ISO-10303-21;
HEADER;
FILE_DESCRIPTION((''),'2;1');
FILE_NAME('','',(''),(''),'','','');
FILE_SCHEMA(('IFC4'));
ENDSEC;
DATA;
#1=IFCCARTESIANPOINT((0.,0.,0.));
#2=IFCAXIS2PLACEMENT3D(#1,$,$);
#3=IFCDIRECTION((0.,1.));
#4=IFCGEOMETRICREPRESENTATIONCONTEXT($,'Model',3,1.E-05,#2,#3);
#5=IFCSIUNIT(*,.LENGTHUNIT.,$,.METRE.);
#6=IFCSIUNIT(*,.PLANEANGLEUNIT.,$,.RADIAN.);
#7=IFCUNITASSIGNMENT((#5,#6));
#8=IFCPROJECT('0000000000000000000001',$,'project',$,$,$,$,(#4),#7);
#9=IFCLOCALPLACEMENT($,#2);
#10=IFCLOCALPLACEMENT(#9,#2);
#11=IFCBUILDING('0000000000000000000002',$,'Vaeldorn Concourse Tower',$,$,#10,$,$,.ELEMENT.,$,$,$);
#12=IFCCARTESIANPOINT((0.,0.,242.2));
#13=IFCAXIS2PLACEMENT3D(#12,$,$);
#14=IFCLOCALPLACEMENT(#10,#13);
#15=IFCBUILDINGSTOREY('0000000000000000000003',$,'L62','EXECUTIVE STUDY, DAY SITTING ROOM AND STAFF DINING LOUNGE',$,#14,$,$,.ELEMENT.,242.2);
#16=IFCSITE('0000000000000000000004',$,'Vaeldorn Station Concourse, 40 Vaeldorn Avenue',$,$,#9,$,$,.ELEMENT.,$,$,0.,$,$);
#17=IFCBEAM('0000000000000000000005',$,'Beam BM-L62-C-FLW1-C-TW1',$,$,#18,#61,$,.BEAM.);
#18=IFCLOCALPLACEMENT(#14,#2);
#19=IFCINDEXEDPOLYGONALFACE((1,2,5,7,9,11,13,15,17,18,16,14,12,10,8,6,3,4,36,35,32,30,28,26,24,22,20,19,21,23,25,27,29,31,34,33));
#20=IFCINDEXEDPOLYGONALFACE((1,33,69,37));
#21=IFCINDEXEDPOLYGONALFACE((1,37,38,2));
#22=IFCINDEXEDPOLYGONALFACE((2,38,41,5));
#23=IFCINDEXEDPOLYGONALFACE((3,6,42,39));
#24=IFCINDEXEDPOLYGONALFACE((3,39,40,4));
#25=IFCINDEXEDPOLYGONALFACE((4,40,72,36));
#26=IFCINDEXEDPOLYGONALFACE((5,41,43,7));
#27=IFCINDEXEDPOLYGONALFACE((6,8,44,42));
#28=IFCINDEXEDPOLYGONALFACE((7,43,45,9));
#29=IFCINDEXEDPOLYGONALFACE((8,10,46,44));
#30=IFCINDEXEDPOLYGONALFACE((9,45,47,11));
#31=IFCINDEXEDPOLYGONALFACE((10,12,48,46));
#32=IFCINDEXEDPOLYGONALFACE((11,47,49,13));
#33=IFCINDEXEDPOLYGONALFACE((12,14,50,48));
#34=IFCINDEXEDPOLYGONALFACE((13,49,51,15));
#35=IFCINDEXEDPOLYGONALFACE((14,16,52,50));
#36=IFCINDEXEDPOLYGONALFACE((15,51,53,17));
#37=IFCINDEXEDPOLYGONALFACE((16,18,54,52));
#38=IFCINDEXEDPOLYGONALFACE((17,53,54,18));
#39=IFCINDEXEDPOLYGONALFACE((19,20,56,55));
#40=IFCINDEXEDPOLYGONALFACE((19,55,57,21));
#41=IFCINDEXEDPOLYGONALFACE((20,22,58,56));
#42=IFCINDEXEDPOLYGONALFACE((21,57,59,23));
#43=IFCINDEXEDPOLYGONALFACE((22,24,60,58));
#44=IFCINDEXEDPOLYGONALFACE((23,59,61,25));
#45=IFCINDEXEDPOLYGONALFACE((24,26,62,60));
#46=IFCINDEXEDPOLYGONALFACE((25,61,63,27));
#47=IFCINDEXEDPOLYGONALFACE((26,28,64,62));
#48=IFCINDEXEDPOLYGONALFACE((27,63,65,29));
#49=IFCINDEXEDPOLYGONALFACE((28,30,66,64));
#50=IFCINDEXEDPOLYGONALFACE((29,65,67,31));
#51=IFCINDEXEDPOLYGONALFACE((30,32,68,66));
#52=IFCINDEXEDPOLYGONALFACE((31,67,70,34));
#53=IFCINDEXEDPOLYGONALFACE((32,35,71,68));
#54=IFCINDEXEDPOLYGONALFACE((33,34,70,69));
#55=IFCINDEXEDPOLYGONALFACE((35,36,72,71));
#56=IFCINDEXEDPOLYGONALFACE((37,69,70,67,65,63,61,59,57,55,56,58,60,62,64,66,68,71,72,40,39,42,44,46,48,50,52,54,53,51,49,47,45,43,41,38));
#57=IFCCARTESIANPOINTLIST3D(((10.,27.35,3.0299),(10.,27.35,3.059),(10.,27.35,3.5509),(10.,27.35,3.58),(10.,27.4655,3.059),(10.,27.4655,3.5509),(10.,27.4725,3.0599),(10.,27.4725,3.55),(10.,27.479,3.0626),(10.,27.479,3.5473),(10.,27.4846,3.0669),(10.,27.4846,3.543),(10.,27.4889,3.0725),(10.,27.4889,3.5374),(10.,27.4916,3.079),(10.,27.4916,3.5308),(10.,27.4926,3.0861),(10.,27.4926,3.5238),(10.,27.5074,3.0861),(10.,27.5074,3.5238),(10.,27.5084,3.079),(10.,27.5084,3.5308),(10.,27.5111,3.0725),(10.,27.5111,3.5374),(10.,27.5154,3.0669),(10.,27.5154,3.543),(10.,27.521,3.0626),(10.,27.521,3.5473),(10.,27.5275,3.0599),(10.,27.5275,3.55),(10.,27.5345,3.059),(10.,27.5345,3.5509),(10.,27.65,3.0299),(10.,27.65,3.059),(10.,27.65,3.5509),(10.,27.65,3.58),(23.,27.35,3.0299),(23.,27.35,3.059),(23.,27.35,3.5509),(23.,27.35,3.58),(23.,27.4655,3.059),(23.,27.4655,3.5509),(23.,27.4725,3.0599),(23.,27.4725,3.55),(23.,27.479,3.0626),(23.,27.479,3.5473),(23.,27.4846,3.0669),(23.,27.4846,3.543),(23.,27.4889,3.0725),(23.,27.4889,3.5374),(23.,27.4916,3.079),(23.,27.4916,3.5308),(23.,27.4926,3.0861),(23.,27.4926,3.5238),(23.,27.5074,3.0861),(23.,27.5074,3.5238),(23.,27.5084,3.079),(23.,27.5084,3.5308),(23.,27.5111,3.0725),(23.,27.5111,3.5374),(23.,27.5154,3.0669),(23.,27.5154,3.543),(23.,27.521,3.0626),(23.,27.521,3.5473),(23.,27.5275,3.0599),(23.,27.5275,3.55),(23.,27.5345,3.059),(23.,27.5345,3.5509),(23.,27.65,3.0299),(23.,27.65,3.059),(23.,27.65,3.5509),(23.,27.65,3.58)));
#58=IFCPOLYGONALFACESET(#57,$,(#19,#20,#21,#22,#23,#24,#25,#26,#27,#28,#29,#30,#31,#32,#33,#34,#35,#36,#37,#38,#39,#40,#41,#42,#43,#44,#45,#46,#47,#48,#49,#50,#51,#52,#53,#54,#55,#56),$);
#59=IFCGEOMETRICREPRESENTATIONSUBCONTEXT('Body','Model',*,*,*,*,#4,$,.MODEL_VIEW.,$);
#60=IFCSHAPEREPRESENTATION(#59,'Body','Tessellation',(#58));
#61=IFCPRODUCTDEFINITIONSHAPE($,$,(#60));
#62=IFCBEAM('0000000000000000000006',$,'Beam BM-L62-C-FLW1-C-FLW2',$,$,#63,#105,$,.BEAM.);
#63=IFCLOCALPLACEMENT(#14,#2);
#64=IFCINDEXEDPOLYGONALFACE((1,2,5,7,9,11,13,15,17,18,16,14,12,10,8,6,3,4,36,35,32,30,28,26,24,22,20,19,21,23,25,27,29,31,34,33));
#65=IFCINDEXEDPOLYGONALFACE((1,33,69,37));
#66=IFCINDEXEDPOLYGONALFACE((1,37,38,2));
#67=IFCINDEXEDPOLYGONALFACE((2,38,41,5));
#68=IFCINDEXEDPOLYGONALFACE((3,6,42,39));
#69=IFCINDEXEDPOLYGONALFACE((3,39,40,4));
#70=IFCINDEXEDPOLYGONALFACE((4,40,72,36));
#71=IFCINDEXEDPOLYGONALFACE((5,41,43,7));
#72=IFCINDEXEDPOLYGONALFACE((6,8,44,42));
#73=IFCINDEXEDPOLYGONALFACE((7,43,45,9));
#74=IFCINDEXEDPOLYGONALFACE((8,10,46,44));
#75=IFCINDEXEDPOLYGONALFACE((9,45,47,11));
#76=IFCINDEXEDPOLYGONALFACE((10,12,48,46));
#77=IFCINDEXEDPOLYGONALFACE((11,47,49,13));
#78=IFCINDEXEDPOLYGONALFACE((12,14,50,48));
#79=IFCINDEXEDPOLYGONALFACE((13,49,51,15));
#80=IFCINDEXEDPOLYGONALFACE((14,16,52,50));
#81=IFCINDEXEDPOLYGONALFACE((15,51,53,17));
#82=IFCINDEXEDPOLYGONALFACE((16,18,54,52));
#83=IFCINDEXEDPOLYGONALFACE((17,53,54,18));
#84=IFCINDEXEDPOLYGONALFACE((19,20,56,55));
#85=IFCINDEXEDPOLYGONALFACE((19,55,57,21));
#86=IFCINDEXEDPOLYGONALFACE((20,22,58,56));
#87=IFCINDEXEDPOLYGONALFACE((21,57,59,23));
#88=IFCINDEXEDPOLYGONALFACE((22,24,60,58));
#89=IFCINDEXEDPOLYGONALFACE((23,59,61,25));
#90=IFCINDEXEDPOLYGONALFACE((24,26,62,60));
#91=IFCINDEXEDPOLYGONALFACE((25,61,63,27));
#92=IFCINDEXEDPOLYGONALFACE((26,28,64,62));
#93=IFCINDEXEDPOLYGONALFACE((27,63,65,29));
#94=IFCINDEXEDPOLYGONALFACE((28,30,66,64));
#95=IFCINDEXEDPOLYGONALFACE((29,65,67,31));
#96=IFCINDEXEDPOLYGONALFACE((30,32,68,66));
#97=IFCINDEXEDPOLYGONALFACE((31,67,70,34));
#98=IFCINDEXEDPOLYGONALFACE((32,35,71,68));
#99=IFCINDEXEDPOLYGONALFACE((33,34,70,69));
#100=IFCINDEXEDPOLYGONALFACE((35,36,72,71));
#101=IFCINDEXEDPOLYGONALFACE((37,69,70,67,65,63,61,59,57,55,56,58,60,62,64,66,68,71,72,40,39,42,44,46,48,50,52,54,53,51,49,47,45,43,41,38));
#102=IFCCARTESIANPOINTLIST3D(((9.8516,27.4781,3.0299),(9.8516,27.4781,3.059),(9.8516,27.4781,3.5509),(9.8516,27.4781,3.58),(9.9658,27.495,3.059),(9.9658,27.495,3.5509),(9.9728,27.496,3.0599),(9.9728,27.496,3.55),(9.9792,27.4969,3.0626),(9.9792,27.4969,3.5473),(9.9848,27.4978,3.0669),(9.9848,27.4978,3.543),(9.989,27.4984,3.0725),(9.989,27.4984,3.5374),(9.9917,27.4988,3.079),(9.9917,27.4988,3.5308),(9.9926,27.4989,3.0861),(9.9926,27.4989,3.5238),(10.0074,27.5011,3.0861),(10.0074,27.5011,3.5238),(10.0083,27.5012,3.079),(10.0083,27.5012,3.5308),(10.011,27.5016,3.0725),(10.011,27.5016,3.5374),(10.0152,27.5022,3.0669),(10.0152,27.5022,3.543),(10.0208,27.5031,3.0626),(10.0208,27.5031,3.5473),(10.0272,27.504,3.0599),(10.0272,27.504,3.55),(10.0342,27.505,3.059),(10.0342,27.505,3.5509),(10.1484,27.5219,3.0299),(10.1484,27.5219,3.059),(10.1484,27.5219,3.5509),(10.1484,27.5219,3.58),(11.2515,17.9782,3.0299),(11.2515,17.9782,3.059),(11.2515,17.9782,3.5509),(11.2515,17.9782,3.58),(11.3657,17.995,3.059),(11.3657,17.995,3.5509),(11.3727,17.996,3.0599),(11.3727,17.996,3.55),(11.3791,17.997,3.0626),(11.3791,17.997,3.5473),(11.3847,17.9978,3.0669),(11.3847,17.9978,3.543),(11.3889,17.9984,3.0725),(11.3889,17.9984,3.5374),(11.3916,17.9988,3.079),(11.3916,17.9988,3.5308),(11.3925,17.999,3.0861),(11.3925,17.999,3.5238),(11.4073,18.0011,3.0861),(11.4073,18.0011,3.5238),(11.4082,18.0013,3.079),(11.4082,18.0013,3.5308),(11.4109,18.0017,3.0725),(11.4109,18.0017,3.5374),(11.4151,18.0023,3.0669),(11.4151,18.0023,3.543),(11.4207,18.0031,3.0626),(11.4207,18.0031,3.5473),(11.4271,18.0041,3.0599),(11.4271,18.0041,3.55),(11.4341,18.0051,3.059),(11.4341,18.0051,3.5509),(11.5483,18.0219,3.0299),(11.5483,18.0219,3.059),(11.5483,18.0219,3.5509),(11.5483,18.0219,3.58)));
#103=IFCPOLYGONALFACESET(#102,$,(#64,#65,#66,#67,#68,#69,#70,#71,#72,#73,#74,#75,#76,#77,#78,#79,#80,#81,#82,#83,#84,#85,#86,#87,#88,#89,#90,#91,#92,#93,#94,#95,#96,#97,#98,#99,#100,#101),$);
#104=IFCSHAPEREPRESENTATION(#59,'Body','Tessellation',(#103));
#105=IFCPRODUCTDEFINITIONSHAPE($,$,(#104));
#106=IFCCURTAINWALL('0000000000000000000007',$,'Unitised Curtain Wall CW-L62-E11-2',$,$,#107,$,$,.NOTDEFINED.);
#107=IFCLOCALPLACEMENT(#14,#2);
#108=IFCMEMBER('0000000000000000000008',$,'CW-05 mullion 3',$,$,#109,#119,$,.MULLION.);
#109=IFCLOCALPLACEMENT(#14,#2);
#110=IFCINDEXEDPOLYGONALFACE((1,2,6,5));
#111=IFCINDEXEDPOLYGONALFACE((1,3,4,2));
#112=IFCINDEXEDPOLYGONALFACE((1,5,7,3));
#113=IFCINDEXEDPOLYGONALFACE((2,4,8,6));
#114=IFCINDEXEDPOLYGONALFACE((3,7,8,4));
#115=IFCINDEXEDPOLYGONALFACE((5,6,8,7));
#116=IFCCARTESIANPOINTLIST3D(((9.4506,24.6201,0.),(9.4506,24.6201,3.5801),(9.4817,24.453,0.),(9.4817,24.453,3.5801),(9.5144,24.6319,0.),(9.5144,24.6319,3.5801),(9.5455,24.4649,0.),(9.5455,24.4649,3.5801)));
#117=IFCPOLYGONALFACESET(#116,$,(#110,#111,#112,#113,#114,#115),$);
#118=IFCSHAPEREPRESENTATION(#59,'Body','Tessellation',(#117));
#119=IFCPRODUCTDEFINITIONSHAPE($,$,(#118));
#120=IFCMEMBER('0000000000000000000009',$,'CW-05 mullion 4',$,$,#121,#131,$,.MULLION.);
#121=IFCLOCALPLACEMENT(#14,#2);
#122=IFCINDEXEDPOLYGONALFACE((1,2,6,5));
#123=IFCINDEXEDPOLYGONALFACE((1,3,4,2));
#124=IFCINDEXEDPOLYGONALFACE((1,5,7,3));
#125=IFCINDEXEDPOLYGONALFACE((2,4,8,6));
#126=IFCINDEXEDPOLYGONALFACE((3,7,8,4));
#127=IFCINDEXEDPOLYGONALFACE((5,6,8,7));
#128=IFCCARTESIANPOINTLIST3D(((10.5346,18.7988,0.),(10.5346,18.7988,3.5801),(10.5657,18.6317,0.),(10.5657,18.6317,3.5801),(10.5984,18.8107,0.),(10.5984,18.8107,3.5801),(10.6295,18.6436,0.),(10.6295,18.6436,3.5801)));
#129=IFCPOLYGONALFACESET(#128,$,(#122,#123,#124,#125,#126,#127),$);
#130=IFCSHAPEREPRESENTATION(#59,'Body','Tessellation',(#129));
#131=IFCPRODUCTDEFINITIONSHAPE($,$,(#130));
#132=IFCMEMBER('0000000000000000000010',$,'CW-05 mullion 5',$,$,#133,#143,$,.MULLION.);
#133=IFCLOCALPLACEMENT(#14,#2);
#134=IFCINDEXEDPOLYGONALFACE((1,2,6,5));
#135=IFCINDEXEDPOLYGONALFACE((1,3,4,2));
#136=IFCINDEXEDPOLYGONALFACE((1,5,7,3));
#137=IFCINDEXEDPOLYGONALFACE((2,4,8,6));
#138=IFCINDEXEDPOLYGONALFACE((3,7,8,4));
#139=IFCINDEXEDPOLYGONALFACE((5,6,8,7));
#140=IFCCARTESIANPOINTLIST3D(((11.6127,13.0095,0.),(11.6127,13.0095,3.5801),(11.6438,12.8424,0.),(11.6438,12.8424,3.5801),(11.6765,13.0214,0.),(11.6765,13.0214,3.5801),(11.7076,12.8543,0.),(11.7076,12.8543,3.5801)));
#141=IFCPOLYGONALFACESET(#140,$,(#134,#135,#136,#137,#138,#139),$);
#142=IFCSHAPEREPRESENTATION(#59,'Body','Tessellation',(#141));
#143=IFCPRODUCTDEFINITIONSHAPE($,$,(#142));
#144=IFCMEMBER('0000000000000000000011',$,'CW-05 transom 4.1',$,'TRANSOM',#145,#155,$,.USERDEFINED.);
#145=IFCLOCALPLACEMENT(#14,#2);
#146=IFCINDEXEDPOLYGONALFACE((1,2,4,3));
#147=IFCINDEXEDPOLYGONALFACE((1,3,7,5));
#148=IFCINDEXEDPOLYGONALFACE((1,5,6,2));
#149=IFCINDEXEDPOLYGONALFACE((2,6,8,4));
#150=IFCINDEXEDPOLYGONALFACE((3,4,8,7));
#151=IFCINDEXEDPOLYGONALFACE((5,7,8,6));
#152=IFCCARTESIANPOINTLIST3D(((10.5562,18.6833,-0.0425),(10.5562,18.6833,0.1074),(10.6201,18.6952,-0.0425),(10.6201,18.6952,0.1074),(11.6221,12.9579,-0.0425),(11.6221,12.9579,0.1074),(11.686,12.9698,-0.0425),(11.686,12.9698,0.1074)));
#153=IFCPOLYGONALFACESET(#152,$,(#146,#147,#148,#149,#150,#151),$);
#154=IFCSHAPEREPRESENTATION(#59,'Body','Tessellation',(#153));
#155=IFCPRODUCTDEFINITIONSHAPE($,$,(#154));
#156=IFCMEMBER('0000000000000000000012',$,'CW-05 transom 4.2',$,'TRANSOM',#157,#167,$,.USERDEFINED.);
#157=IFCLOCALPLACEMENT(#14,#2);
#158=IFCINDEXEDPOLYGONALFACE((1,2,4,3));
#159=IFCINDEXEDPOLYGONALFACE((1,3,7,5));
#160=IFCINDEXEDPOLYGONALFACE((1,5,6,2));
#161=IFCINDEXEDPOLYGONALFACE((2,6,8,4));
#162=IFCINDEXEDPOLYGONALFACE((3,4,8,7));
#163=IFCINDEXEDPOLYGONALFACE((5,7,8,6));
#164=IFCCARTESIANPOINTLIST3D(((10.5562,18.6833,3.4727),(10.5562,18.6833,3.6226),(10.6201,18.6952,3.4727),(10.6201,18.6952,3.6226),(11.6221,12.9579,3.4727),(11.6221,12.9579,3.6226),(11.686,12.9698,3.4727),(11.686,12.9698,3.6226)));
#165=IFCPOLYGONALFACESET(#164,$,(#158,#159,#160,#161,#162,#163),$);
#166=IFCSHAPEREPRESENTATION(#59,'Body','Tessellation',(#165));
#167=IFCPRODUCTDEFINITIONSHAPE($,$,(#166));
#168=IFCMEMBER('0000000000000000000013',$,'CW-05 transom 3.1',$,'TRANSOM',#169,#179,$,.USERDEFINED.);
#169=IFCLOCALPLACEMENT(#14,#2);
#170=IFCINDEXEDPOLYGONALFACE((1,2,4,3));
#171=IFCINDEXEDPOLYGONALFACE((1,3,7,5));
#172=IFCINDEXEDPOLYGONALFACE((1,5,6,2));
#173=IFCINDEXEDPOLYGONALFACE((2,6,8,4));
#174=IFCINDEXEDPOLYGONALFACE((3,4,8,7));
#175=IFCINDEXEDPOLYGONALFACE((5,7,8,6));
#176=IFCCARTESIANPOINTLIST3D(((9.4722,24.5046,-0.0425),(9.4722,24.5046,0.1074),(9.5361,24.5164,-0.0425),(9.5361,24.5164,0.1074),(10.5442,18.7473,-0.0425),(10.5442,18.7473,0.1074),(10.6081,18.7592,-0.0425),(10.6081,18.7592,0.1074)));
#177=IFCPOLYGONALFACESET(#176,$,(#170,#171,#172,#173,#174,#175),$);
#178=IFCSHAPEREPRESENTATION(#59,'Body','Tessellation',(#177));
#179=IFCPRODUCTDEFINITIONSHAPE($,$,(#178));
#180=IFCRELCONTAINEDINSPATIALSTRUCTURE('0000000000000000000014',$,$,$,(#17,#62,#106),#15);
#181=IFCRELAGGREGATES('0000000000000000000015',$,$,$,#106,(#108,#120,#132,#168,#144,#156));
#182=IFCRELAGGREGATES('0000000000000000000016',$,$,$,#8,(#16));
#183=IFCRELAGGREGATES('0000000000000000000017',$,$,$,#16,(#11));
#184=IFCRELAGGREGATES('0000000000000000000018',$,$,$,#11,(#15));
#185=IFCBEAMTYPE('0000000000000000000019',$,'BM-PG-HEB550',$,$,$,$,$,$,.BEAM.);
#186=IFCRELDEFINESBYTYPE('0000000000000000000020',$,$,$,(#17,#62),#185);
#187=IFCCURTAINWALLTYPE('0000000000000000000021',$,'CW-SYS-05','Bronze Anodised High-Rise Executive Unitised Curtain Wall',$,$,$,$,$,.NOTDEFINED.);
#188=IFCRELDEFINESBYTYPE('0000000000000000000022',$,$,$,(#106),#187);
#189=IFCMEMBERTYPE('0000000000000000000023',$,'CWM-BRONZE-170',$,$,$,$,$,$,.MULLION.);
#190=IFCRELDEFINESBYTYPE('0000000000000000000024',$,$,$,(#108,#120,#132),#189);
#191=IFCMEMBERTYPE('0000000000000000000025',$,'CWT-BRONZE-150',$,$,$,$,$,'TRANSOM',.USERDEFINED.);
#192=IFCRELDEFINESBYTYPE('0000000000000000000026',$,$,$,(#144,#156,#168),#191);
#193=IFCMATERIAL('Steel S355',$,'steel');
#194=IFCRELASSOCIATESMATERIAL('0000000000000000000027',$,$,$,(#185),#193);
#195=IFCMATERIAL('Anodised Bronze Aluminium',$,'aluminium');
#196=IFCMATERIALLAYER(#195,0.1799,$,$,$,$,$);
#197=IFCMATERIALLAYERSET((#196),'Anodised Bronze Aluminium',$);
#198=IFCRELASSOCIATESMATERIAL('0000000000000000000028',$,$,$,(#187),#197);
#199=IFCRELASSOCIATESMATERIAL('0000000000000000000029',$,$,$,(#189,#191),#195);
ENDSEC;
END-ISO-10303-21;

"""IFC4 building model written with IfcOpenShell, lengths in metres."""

from ifc_helpers import new_model, si_unit, direction, frame, origin, origin_2d, place, context, subcontext, project, spatial, rectangle, i_section, extrude, source, transform, mapped, material, layer, layer_set, material_profile, profile_set, type_object, element, aggregate, save


model = new_model("IFC4")

# Units and contexts
model_context = context("Model", 3, precision=1e-05, world=origin(), true_north=direction((0.0, 1.0)))
body_context = subcontext(model_context, "Body", "Model", "MODEL_VIEW")
ifc_project = project(units=[si_unit("LENGTHUNIT", "METRE"), si_unit("PLANEANGLEUNIT", "RADIAN")], contexts=[model_context])

# Site, building, storey
site_placement = place(None, origin())
site = spatial("IfcSite", under=ifc_project, at=site_placement, Name="Vaeldorn Station Concourse, 40 Vaeldorn Avenue", CompositionType="ELEMENT", RefElevation=0.0)
building_placement = place(site_placement, origin())
building = spatial("IfcBuilding", under=site, at=building_placement, Name="Vaeldorn Concourse Tower", CompositionType="ELEMENT")
storey_placement = place(building_placement, frame((0.0, 0.0, 242.2)))
storey = spatial("IfcBuildingStorey", under=building, at=storey_placement, Name="L62", Description="EXECUTIVE STUDY, DAY SITTING ROOM AND STAFF DINING LOUNGE", CompositionType="ELEMENT", Elevation=242.2)

# Shared definitions
ifc_material_1 = material(Name="Steel S355", Category="steel")

# Beams
ifc_material_profile_1 = material_profile(ifc_material_1, i_section(OverallWidth=0.3, OverallDepth=0.55, WebThickness=0.0149, FlangeThickness=0.0291, FilletRadius=0.0271, at=origin_2d()), Name="HEB 550")
ifc_profile_set_1 = profile_set([ifc_material_profile_1], Name="Steel S355")
beam_type_1 = type_object("IfcBeamType", Name="BM-PG-HEB550", PredefinedType="BEAM", material=ifc_profile_set_1)
shared_shape_1 = source(origin(), body_context, "Body", "SweptSolid", [
    extrude(i_section(OverallWidth=0.3, OverallDepth=0.55, WebThickness=0.0149, FlangeThickness=0.0291, FilletRadius=0.0271, at=origin_2d()), origin(), (0.0, 0.0, 1.0), 13.0),
])
beam_1_placement = place(storey_placement, frame((10.0, 27.5, 3.3049), z_axis=(1.0, 0.0, 0.0), x_axis=(0.0, 1.0, 0.0)))
element("IfcBeam", 1, at=beam_1_placement, inside=storey, type_object=beam_type_1, Name="Beam BM-L62-C-FLW1-C-TW1", PredefinedType="BEAM", context=body_context, shape_type="MappedRepresentation", body=[
    mapped(shared_shape_1, transform((0.0, 0.0, 0.0), scale=1.0)),
])
shared_shape_2 = source(origin(), body_context, "Body", "SweptSolid", [
    extrude(i_section(OverallWidth=0.3, OverallDepth=0.55, WebThickness=0.0149, FlangeThickness=0.0291, FilletRadius=0.0271, at=origin_2d()), origin(), (0.0, 0.0, 1.0), 9.6025),
])
beam_2_placement = place(storey_placement, frame((10.0, 27.5, 3.3049), z_axis=(0.145784, -0.989316, 0.0), x_axis=(0.989316, 0.145784, 0.0)))
element("IfcBeam", 2, at=beam_2_placement, inside=storey, type_object=beam_type_1, Name="Beam BM-L62-C-FLW1-C-FLW2", PredefinedType="BEAM", context=body_context, shape_type="MappedRepresentation", body=[
    mapped(shared_shape_2, transform((0.0, 0.0, 0.0), scale=1.0)),
])

# Curtain wall, members
ifc_material_2 = material(Name="Anodised Bronze Aluminium", Category="aluminium")
ifc_layer_1 = layer(ifc_material_2, 0.1799)
ifc_layer_set_1 = layer_set([ifc_layer_1], Name="Anodised Bronze Aluminium")
curtain_wall_type = type_object("IfcCurtainWallType", Name="CW-SYS-05", Description="Bronze Anodised High-Rise Executive Unitised Curtain Wall", PredefinedType="NOTDEFINED", material=ifc_layer_set_1)
curtain_wall_placement = place(storey_placement, origin())
curtain_wall = element("IfcCurtainWall", 3, at=curtain_wall_placement, inside=storey, type_object=curtain_wall_type, Name="Unitised Curtain Wall CW-L62-E11-2", PredefinedType="NOTDEFINED")
ifc_material_profile_2 = material_profile(ifc_material_2, rectangle(XDim=0.0649, YDim=0.1699, at=origin_2d()), Name="CWM 65x170")
ifc_profile_set_2 = profile_set([ifc_material_profile_2], Name="Anodised Bronze Aluminium")
member_type_1 = type_object("IfcMemberType", Name="CWM-BRONZE-170", PredefinedType="MULLION", material=ifc_profile_set_2)
shared_shape_3 = source(origin(), body_context, "Body", "SweptSolid", [
    extrude(rectangle(XDim=0.0649, YDim=0.1699, at=origin_2d()), origin(), (0.0, 0.0, 1.0), 3.5801),
])
member_1_placement = place(storey_placement, frame((9.498, 24.5425, 0.0), z_axis=(0.0, 0.0, 1.0), x_axis=(0.983103, 0.183055, 0.0)))
member_1 = element("IfcMember", 4, at=member_1_placement, type_object=member_type_1, Name="CW-05 mullion 3", PredefinedType="MULLION", context=body_context, shape_type="MappedRepresentation", body=[
    mapped(shared_shape_3, transform((0.0, 0.0, 0.0), scale=1.0)),
])
member_2_placement = place(storey_placement, frame((10.582, 18.7212, 0.0), z_axis=(0.0, 0.0, 1.0), x_axis=(0.983103, 0.183055, 0.0)))
member_2 = element("IfcMember", 5, at=member_2_placement, type_object=member_type_1, Name="CW-05 mullion 4", PredefinedType="MULLION", context=body_context, shape_type="MappedRepresentation", body=[
    mapped(shared_shape_3, transform((0.0, 0.0, 0.0), scale=1.0)),
])
member_3_placement = place(storey_placement, frame((11.6602, 12.9319, 0.0), z_axis=(0.0, 0.0, 1.0), x_axis=(0.983103, 0.183055, 0.0)))
member_3 = element("IfcMember", 6, at=member_3_placement, type_object=member_type_1, Name="CW-05 mullion 5", PredefinedType="MULLION", context=body_context, shape_type="MappedRepresentation", body=[
    mapped(shared_shape_3, transform((0.0, 0.0, 0.0), scale=1.0)),
])
ifc_material_profile_3 = material_profile(ifc_material_2, rectangle(XDim=0.0649, YDim=0.1499, at=origin_2d()), Name="CWT 65x150")
ifc_profile_set_3 = profile_set([ifc_material_profile_3], Name="Anodised Bronze Aluminium")
member_type_2 = type_object("IfcMemberType", Name="CWT-BRONZE-150", ElementType="TRANSOM", PredefinedType="USERDEFINED", material=ifc_profile_set_3)
shared_shape_4 = source(origin(), body_context, "Body", "SweptSolid", [
    extrude(rectangle(XDim=0.0649, YDim=0.1499, at=origin_2d()), origin(), (0.0, 0.0, 1.0), 5.8237),
])
member_4_placement = place(storey_placement, frame((10.5881, 18.6892, 0.0325), z_axis=(0.18303, -0.983107, 0.0), x_axis=(0.983107, 0.18303, 0.0)))
member_4 = element("IfcMember", 7, at=member_4_placement, type_object=member_type_2, Name="CW-05 transom 4.1", ObjectType="TRANSOM", PredefinedType="USERDEFINED", context=body_context, shape_type="MappedRepresentation", body=[
    mapped(shared_shape_4, transform((0.0, 0.0, 0.0), scale=1.0)),
])
member_5_placement = place(storey_placement, frame((10.5881, 18.6892, 3.5476), z_axis=(0.18303, -0.983107, 0.0), x_axis=(0.983107, 0.18303, 0.0)))
member_5 = element("IfcMember", 8, at=member_5_placement, type_object=member_type_2, Name="CW-05 transom 4.2", ObjectType="TRANSOM", PredefinedType="USERDEFINED", context=body_context, shape_type="MappedRepresentation", body=[
    mapped(shared_shape_4, transform((0.0, 0.0, 0.0), scale=1.0)),
])
shared_shape_5 = source(origin(), body_context, "Body", "SweptSolid", [
    extrude(rectangle(XDim=0.0649, YDim=0.1499, at=origin_2d()), origin(), (0.0, 0.0, 1.0), 5.8562),
])
member_6_placement = place(storey_placement, frame((9.5042, 24.5105, 0.0325), z_axis=(0.183055, -0.983103, 0.0), x_axis=(0.983103, 0.183055, 0.0)))
member_6 = element("IfcMember", 9, at=member_6_placement, type_object=member_type_2, Name="CW-05 transom 3.1", ObjectType="TRANSOM", PredefinedType="USERDEFINED", context=body_context, shape_type="MappedRepresentation", body=[
    mapped(shared_shape_5, transform((0.0, 0.0, 0.0), scale=1.0)),
])
aggregate(curtain_wall, [member_1, member_2, member_3, member_6, member_4, member_5])

save(model, "model.ifc")
